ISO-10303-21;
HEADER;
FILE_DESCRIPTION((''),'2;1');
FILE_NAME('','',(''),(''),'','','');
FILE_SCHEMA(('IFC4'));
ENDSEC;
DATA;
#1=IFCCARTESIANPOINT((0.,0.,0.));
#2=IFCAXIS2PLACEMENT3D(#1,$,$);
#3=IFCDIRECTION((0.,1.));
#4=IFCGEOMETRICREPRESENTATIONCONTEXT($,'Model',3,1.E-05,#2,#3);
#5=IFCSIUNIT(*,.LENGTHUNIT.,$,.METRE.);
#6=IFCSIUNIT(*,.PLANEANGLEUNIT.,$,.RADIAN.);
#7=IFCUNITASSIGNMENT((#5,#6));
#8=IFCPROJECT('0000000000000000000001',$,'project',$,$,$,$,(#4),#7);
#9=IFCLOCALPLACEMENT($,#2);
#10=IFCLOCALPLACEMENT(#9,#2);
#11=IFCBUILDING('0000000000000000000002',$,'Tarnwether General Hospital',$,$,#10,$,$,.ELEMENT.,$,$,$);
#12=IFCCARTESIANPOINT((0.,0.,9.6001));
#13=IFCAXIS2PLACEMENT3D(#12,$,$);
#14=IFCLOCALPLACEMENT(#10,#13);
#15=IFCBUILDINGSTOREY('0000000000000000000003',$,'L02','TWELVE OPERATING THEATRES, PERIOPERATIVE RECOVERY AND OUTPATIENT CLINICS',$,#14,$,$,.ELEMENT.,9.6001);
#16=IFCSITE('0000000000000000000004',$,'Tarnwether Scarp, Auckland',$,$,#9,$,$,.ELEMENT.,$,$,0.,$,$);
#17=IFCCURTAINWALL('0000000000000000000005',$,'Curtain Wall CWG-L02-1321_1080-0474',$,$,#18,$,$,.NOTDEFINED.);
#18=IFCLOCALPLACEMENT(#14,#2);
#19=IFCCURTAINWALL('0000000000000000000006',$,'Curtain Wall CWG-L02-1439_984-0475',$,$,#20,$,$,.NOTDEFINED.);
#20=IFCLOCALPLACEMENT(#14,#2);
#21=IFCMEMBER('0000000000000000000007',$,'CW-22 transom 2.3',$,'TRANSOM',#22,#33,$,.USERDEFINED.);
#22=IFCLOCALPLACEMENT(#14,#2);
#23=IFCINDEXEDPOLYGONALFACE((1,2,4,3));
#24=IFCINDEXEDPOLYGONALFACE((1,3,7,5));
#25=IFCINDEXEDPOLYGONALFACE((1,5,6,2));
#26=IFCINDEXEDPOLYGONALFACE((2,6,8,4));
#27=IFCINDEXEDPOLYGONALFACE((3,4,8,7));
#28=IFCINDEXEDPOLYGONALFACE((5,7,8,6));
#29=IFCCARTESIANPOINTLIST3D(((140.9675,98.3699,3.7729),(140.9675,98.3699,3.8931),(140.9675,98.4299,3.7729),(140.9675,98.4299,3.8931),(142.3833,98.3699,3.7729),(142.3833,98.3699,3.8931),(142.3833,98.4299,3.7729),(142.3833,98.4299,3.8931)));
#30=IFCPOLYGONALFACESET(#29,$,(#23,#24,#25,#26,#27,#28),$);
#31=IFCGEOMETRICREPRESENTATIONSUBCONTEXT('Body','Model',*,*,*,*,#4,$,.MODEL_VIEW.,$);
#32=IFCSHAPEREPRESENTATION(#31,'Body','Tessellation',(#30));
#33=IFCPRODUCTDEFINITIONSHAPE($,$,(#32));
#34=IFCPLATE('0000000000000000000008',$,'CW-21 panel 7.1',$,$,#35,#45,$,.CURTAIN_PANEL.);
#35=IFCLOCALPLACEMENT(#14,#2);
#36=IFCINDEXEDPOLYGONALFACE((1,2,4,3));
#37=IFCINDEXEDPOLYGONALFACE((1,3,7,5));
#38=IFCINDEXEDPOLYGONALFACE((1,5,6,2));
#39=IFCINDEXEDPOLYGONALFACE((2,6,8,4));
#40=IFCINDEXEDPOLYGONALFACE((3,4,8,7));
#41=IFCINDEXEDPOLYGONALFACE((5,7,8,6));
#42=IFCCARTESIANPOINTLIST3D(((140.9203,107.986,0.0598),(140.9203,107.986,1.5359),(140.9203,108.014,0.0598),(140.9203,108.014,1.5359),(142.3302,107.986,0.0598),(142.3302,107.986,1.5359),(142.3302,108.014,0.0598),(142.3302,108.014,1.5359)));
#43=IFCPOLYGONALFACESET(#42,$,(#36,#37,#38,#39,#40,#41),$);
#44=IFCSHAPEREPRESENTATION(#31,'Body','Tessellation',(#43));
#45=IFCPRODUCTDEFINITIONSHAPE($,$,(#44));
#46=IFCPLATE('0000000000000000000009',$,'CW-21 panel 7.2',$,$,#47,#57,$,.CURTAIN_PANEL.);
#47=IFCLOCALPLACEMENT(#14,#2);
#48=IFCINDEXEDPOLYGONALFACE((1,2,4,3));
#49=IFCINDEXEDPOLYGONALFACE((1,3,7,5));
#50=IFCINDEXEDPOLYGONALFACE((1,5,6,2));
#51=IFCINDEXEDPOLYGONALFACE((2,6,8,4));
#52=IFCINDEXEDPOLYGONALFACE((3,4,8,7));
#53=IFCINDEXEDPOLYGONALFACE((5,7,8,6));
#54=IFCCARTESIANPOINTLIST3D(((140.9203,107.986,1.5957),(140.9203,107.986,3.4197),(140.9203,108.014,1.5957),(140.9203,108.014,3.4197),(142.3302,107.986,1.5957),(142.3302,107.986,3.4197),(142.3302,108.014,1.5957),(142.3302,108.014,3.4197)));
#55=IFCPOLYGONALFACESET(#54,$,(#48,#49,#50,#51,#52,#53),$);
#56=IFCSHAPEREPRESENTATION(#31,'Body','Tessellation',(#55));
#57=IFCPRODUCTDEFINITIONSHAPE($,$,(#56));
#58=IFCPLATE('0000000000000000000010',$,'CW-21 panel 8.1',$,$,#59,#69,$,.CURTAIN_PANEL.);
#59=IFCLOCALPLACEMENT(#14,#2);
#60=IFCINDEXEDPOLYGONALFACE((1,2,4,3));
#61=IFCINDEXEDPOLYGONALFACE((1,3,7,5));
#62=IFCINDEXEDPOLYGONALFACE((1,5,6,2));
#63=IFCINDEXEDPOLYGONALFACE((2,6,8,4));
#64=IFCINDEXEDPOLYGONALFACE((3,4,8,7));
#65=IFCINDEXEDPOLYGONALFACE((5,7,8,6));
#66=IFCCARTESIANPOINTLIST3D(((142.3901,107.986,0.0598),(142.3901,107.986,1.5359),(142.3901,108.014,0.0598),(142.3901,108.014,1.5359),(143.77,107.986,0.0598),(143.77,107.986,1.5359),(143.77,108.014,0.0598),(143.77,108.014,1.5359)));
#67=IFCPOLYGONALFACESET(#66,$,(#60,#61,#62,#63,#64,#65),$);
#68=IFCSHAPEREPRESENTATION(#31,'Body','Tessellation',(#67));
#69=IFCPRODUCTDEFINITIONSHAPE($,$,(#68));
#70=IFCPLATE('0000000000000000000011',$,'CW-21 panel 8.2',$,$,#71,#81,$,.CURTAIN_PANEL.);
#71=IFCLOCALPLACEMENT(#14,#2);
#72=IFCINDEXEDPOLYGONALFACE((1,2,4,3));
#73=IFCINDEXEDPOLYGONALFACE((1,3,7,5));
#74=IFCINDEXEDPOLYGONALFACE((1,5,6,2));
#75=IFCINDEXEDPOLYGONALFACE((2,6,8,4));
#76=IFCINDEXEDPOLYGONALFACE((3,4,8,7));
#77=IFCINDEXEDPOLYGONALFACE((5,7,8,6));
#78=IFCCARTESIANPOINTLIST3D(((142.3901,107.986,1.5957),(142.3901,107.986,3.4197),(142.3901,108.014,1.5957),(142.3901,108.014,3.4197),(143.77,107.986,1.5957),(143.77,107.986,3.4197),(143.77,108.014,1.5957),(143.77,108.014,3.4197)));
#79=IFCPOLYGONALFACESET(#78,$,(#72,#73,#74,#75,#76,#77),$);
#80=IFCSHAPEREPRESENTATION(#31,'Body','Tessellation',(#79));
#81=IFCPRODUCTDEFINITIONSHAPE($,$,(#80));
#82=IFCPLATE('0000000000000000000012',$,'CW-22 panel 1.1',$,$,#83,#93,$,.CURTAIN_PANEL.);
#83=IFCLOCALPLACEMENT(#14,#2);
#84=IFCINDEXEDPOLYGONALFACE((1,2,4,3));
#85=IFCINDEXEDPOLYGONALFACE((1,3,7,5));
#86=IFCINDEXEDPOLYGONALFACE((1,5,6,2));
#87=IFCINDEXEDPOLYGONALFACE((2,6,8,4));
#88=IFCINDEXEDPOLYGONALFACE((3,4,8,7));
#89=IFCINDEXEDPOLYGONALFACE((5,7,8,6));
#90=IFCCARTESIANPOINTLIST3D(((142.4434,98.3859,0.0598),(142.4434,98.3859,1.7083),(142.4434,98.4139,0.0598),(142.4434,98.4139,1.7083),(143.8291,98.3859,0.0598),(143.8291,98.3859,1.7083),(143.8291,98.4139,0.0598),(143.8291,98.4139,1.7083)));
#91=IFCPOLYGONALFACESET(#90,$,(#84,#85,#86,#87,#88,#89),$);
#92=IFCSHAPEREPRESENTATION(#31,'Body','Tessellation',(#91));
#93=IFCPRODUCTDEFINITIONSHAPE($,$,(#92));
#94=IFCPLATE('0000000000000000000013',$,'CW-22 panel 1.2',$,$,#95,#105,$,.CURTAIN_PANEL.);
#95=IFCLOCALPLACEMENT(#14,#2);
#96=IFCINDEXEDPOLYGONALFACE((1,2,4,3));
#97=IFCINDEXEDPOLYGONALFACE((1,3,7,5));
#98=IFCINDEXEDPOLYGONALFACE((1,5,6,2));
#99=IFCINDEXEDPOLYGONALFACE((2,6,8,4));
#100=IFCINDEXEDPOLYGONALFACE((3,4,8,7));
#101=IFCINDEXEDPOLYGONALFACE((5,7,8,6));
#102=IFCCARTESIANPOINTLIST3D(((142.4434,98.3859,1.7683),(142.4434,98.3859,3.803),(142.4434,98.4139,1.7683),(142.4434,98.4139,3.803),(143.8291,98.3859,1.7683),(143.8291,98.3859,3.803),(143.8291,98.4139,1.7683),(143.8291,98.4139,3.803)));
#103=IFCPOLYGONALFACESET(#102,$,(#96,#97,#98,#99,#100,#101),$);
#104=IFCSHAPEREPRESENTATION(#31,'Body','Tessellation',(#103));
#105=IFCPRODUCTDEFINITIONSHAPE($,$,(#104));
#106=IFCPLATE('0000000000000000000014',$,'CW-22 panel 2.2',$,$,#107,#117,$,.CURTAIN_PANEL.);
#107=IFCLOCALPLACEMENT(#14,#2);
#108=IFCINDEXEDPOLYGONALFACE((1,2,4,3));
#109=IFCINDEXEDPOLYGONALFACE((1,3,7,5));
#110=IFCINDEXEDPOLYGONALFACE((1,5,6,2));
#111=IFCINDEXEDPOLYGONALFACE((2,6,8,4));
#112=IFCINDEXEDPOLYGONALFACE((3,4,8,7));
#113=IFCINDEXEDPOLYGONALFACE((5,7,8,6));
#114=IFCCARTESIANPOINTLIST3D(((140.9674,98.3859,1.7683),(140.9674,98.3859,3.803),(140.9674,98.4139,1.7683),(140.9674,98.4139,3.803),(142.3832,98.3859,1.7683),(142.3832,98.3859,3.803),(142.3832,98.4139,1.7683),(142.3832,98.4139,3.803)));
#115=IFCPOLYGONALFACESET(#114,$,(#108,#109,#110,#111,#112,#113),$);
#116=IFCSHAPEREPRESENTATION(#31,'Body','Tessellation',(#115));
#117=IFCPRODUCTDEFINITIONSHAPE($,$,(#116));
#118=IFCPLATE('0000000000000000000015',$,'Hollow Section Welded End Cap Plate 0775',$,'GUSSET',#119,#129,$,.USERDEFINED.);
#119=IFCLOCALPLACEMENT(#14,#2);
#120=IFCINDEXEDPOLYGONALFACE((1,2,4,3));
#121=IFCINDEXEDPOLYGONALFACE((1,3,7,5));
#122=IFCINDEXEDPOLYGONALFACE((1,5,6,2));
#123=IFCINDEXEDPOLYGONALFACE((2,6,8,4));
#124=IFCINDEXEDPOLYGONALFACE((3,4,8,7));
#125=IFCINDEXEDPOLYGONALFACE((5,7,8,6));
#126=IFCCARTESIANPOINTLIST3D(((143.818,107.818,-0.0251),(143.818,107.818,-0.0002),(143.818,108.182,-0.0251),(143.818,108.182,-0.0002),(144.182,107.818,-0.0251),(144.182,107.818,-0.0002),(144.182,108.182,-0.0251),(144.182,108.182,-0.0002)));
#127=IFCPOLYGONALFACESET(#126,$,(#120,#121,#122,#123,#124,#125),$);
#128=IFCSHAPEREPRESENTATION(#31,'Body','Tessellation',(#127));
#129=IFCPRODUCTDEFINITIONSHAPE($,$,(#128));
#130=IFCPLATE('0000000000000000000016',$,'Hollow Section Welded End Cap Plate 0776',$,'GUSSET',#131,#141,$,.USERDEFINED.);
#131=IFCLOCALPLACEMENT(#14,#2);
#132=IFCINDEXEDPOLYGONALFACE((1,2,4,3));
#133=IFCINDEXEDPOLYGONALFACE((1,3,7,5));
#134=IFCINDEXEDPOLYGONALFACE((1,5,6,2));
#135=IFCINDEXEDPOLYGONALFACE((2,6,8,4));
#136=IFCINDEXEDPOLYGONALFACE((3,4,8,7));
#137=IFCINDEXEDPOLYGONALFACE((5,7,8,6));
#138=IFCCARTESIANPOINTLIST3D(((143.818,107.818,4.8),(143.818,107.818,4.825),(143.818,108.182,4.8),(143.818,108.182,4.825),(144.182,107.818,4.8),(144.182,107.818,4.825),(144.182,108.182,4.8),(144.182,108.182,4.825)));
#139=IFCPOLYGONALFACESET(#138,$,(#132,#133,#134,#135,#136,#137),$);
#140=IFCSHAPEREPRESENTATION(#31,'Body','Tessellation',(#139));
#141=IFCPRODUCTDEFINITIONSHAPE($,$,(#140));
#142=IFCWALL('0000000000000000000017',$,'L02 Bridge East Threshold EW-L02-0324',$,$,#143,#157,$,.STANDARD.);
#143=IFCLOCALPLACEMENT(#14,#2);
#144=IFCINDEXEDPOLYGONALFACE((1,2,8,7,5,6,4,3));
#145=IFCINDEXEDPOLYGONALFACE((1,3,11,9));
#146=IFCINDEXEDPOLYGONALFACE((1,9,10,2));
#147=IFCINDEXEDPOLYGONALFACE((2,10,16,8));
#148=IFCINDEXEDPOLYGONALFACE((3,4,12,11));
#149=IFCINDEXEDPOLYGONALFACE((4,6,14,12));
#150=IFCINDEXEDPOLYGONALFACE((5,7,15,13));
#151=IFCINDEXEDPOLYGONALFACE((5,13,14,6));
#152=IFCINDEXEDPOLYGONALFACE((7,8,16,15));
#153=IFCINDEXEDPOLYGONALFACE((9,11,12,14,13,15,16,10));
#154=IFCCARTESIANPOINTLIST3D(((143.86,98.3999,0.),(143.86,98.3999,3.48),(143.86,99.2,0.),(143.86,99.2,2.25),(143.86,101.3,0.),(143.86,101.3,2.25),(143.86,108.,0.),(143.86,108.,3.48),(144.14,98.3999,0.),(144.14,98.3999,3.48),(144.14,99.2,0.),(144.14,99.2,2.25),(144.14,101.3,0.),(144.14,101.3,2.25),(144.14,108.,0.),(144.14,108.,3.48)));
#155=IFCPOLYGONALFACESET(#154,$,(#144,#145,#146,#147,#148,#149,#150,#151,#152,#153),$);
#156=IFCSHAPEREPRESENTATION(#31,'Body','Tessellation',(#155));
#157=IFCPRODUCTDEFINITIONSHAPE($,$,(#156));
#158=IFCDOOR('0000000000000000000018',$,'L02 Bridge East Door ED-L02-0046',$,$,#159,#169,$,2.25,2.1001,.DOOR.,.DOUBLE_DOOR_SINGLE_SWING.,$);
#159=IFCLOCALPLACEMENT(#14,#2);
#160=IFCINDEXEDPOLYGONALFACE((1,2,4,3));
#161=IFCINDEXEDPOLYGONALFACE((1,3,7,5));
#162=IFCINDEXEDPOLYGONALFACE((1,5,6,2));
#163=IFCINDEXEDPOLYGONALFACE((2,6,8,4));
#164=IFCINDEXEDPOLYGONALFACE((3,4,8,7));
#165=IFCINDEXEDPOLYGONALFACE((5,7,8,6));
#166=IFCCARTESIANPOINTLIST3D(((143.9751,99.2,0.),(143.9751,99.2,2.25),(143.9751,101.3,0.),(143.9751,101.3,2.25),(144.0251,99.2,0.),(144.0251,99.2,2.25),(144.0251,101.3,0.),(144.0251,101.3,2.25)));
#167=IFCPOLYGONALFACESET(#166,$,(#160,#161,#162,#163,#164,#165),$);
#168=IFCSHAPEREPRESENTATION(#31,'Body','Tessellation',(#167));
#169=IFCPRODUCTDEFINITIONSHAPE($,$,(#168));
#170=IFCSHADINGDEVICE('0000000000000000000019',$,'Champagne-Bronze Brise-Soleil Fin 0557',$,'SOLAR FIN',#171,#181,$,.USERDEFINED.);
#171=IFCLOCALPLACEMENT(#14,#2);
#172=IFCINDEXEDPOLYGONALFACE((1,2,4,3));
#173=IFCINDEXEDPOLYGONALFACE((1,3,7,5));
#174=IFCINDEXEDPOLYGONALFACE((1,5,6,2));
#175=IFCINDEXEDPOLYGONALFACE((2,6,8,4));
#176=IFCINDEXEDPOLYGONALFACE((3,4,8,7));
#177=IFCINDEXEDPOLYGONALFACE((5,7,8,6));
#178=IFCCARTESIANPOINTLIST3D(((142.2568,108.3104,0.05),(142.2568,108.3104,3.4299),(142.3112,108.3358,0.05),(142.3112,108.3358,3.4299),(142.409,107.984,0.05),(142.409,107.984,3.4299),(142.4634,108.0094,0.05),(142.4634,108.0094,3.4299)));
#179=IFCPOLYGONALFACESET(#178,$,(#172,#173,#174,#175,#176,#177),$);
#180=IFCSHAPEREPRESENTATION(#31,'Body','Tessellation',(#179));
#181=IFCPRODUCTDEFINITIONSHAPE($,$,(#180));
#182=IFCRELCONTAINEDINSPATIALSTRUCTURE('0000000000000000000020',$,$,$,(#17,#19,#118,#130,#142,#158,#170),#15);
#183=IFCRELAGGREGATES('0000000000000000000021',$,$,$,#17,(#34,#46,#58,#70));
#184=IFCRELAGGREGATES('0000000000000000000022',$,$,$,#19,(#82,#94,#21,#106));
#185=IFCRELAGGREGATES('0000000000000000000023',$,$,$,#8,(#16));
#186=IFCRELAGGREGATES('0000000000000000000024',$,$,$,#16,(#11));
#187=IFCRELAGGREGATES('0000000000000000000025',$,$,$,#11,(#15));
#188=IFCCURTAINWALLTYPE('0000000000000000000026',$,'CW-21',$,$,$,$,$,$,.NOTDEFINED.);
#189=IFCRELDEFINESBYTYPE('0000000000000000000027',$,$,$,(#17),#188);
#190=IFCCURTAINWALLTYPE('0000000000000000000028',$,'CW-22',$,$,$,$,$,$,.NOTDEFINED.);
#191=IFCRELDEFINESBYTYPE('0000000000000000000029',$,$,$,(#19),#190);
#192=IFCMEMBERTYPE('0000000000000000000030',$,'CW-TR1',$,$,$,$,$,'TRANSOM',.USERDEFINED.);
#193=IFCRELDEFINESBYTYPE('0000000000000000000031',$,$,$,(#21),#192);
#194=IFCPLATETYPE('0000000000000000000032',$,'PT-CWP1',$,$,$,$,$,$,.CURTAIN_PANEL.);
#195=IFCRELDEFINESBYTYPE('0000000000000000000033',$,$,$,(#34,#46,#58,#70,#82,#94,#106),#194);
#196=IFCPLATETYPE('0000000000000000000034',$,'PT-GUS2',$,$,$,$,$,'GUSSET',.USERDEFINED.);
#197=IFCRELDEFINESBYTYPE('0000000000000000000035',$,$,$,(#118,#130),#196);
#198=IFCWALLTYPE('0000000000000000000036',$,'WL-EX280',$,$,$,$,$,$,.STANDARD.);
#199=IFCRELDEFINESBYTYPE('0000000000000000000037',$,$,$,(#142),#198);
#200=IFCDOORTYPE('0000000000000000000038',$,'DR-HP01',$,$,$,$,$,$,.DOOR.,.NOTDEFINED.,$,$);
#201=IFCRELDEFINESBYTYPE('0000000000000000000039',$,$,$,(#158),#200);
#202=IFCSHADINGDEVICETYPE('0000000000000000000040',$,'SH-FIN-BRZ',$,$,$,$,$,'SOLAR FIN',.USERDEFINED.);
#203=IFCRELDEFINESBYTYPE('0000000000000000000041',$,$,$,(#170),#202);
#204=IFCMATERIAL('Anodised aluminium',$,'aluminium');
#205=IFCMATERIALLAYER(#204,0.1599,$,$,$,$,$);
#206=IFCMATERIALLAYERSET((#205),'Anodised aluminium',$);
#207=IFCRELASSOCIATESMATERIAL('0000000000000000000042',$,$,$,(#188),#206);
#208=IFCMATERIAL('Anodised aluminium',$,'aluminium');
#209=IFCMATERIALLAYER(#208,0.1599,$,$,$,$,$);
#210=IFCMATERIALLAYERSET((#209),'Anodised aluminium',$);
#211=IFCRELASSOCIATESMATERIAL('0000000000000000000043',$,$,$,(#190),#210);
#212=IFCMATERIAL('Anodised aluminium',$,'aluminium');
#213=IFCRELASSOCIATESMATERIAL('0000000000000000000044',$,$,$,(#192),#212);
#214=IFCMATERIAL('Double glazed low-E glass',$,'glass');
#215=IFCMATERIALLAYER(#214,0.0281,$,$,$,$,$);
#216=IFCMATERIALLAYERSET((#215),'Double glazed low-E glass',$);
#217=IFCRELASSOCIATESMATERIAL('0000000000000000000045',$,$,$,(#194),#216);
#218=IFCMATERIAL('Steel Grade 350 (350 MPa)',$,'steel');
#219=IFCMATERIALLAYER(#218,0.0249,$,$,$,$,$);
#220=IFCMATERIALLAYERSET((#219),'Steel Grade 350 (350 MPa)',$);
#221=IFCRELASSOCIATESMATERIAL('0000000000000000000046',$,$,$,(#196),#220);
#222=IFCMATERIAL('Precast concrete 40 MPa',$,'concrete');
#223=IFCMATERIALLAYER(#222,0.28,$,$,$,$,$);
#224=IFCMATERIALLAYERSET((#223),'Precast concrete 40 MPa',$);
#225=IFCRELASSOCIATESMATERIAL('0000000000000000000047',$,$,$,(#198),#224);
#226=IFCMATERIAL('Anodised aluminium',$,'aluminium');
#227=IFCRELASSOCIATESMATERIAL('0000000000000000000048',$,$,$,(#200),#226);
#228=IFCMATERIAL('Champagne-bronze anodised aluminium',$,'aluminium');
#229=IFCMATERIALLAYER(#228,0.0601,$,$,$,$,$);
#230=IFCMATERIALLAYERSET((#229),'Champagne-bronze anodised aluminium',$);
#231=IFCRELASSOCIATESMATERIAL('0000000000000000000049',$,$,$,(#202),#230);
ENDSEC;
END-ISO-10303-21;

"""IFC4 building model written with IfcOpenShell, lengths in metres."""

from ifc_helpers import new_model, si_unit, direction, frame, frame_2d, origin, origin_2d, place, context, subcontext, project, spatial, rectangle, extrude, material, layer, layer_set, material_profile, profile_set, type_object, element, fill, aggregate, save


model = new_model("IFC4")

# Units and contexts
model_context = context("Model", 3, precision=1e-05, world=origin(), true_north=direction((0.0, 1.0)))
body_context = subcontext(model_context, "Body", "Model", "MODEL_VIEW")
ifc_project = project(units=[si_unit("LENGTHUNIT", "METRE"), si_unit("PLANEANGLEUNIT", "RADIAN")], contexts=[model_context])

# Site, building, storey
site_placement = place(None, origin())
site = spatial("IfcSite", under=ifc_project, at=site_placement, Name="Tarnwether Scarp, Auckland", CompositionType="ELEMENT", RefElevation=0.0)
building_placement = place(site_placement, origin())
building = spatial("IfcBuilding", under=site, at=building_placement, Name="Tarnwether General Hospital", CompositionType="ELEMENT")
storey_placement = place(building_placement, frame((0.0, 0.0, 9.6001)))
storey = spatial("IfcBuildingStorey", under=building, at=storey_placement, Name="L02", Description="TWELVE OPERATING THEATRES, PERIOPERATIVE RECOVERY AND OUTPATIENT CLINICS", CompositionType="ELEMENT", Elevation=9.6001)

# Curtain walls
ifc_material_1 = material(Name="Anodised aluminium", Category="aluminium")
ifc_layer_1 = layer(ifc_material_1, 0.1599)
ifc_layer_set_1 = layer_set([ifc_layer_1], Name="Anodised aluminium")
curtain_wall_type_1 = type_object("IfcCurtainWallType", Name="CW-21", PredefinedType="NOTDEFINED", material=ifc_layer_set_1)
curtain_wall_1_placement = place(storey_placement, origin())
curtain_wall_1 = element("IfcCurtainWall", 1, at=curtain_wall_1_placement, inside=storey, type_object=curtain_wall_type_1, Name="Curtain Wall CWG-L02-1321_1080-0474", PredefinedType="NOTDEFINED")
ifc_material_2 = material(Name="Anodised aluminium", Category="aluminium")
ifc_layer_2 = layer(ifc_material_2, 0.1599)
ifc_layer_set_2 = layer_set([ifc_layer_2], Name="Anodised aluminium")
curtain_wall_type_2 = type_object("IfcCurtainWallType", Name="CW-22", PredefinedType="NOTDEFINED", material=ifc_layer_set_2)
curtain_wall_2_placement = place(storey_placement, origin())
curtain_wall_2 = element("IfcCurtainWall", 2, at=curtain_wall_2_placement, inside=storey, type_object=curtain_wall_type_2, Name="Curtain Wall CWG-L02-1439_984-0475", PredefinedType="NOTDEFINED")

# Member
ifc_material_3 = material(Name="Anodised aluminium", Category="aluminium")
ifc_material_profile_1 = material_profile(ifc_material_3, rectangle(XDim=0.0601, YDim=0.1201, at=origin_2d()), Name="ALU-TRN-60x120")
ifc_profile_set_1 = profile_set([ifc_material_profile_1], Name="Anodised aluminium")
member_type_1 = type_object("IfcMemberType", Name="CW-TR1", ElementType="TRANSOM", PredefinedType="USERDEFINED", material=ifc_profile_set_1)
member_1_placement = place(storey_placement, frame((142.3833, 98.3999, 3.833), z_axis=(-1.0, 0.0, 0.0), x_axis=(0.0, -1.0, 0.0)))
member_1 = element("IfcMember", 3, at=member_1_placement, type_object=member_type_1, Name="CW-22 transom 2.3", ObjectType="TRANSOM", PredefinedType="USERDEFINED", context=body_context, shape_type="SweptSolid", body=[
    extrude(rectangle(XDim=0.0601, YDim=0.1201, at=origin_2d()), origin(), (0.0, 0.0, 1.0), 1.4158),
])

# Plates
ifc_material_4 = material(Name="Double glazed low-E glass", Category="glass")
ifc_layer_3 = layer(ifc_material_4, 0.0281)
ifc_layer_set_3 = layer_set([ifc_layer_3], Name="Double glazed low-E glass")
plate_type_1 = type_object("IfcPlateType", Name="PT-CWP1", PredefinedType="CURTAIN_PANEL", material=ifc_layer_set_3)
plate_1_placement = place(storey_placement, frame((141.6252, 108.0, 0.0598), z_axis=(0.0, 0.0, 1.0), x_axis=(1.0, 0.0, 0.0)))
plate_1 = element("IfcPlate", 4, at=plate_1_placement, type_object=plate_type_1, Name="CW-21 panel 7.1", PredefinedType="CURTAIN_PANEL", context=body_context, shape_type="SweptSolid", body=[
    extrude(rectangle(XDim=1.4099, YDim=0.0281, at=origin_2d()), origin(), (0.0, 0.0, 1.0), 1.4761),
])
plate_2_placement = place(storey_placement, frame((141.6252, 108.0, 1.5957), z_axis=(0.0, 0.0, 1.0), x_axis=(1.0, 0.0, 0.0)))
plate_2 = element("IfcPlate", 5, at=plate_2_placement, type_object=plate_type_1, Name="CW-21 panel 7.2", PredefinedType="CURTAIN_PANEL", context=body_context, shape_type="SweptSolid", body=[
    extrude(rectangle(XDim=1.4099, YDim=0.0281, at=origin_2d()), origin(), (0.0, 0.0, 1.0), 1.824),
])
plate_3_placement = place(storey_placement, frame((143.0801, 108.0, 0.0598), z_axis=(0.0, 0.0, 1.0), x_axis=(1.0, 0.0, 0.0)))
plate_3 = element("IfcPlate", 6, at=plate_3_placement, type_object=plate_type_1, Name="CW-21 panel 8.1", PredefinedType="CURTAIN_PANEL", context=body_context, shape_type="SweptSolid", body=[
    extrude(rectangle(XDim=1.3799, YDim=0.0281, at=origin_2d()), origin(), (0.0, 0.0, 1.0), 1.4761),
])
plate_4_placement = place(storey_placement, frame((143.0801, 108.0, 1.5957), z_axis=(0.0, 0.0, 1.0), x_axis=(1.0, 0.0, 0.0)))
plate_4 = element("IfcPlate", 7, at=plate_4_placement, type_object=plate_type_1, Name="CW-21 panel 8.2", PredefinedType="CURTAIN_PANEL", context=body_context, shape_type="SweptSolid", body=[
    extrude(rectangle(XDim=1.3799, YDim=0.0281, at=origin_2d()), origin(), (0.0, 0.0, 1.0), 1.824),
])
aggregate(curtain_wall_1, [plate_1, plate_2, plate_3, plate_4])
plate_5_placement = place(storey_placement, frame((143.1362, 98.3999, 0.0598), z_axis=(0.0, 0.0, 1.0), x_axis=(-1.0, 0.0, 0.0)))
plate_5 = element("IfcPlate", 8, at=plate_5_placement, type_object=plate_type_1, Name="CW-22 panel 1.1", PredefinedType="CURTAIN_PANEL", context=body_context, shape_type="SweptSolid", body=[
    extrude(rectangle(XDim=1.3857, YDim=0.0281, at=origin_2d()), origin(), (0.0, 0.0, 1.0), 1.6484),
])
plate_6_placement = place(storey_placement, frame((143.1362, 98.3999, 1.7683), z_axis=(0.0, 0.0, 1.0), x_axis=(-1.0, 0.0, 0.0)))
plate_6 = element("IfcPlate", 9, at=plate_6_placement, type_object=plate_type_1, Name="CW-22 panel 1.2", PredefinedType="CURTAIN_PANEL", context=body_context, shape_type="SweptSolid", body=[
    extrude(rectangle(XDim=1.3857, YDim=0.0281, at=origin_2d()), origin(), (0.0, 0.0, 1.0), 2.0347),
])
plate_7_placement = place(storey_placement, frame((141.6753, 98.3999, 1.7683), z_axis=(0.0, 0.0, 1.0), x_axis=(-1.0, 0.0, 0.0)))
plate_7 = element("IfcPlate", 10, at=plate_7_placement, type_object=plate_type_1, Name="CW-22 panel 2.2", PredefinedType="CURTAIN_PANEL", context=body_context, shape_type="SweptSolid", body=[
    extrude(rectangle(XDim=1.4158, YDim=0.0281, at=origin_2d()), origin(), (0.0, 0.0, 1.0), 2.0347),
])
aggregate(curtain_wall_2, [plate_5, plate_6, member_1, plate_7])

# Plates
ifc_material_5 = material(Name="Steel Grade 350 (350 MPa)", Category="steel")
ifc_layer_4 = layer(ifc_material_5, 0.0249)
ifc_layer_set_4 = layer_set([ifc_layer_4], Name="Steel Grade 350 (350 MPa)")
plate_type_2 = type_object("IfcPlateType", Name="PT-GUS2", ElementType="GUSSET", PredefinedType="USERDEFINED", material=ifc_layer_set_4)
for number, where, z_axis, x_axis, name in (
    (11, (144.0, 108.0, -0.0251), (0.0, 0.0, 1.0), (1.0, 0.0, 0.0), "Hollow Section Welded End Cap Plate 0775"),
    (12, (144.0, 108.0, 4.8), (0.0, 0.0, 1.0), (1.0, 0.0, 0.0), "Hollow Section Welded End Cap Plate 0776"),
):
    element("IfcPlate", number, at=place(storey_placement, frame(where, z_axis=z_axis, x_axis=x_axis)), inside=storey, type_object=plate_type_2, Name=name, ObjectType="GUSSET", PredefinedType="USERDEFINED", context=body_context, shape_type="SweptSolid", body=[
        extrude(rectangle(XDim=0.364, YDim=0.364, at=origin_2d()), origin(), (0.0, 0.0, 1.0), 0.0249),
    ])

# Wall, opening, door
ifc_material_6 = material(Name="Precast concrete 40 MPa", Category="concrete")
ifc_layer_5 = layer(ifc_material_6, 0.28)
ifc_layer_set_5 = layer_set([ifc_layer_5], Name="Precast concrete 40 MPa")
wall_type = type_object("IfcWallType", Name="WL-EX280", PredefinedType="STANDARD", material=ifc_layer_set_5)
wall_placement = place(storey_placement, frame((144.0, 98.3999, 0.0), z_axis=(0.0, 0.0, 1.0), x_axis=(0.0, 1.0, 0.0)))
wall = element("IfcWall", 13, at=wall_placement, inside=storey, type_object=wall_type, Name="L02 Bridge East Threshold EW-L02-0324", PredefinedType="STANDARD", context=body_context, shape_type="SweptSolid", body=[
    extrude(rectangle(XDim=9.6001, YDim=0.28, at=frame_2d((4.8, 0.0))), origin(), (0.0, 0.0, 1.0), 3.48),
])
opening_placement = place(wall_placement, frame((0.8, 0.0, 0.0)))
opening = element("IfcOpeningElement", 14, at=opening_placement, cuts=wall, PredefinedType="OPENING", context=body_context, shape_type="SweptSolid", body=[
    extrude(rectangle(XDim=2.1001, YDim=2.25, at=frame_2d((1.05, 1.125))), frame((0.0, 0.1499, 0.0), z_axis=(0.0, -1.0, 0.0), x_axis=(1.0, 0.0, 0.0)), (0.0, 0.0, 1.0), 0.3),
])
ifc_material_7 = material(Name="Anodised aluminium", Category="aluminium")
door_type = type_object("IfcDoorType", Name="DR-HP01", OperationType="NOTDEFINED", PredefinedType="DOOR", material=ifc_material_7)
door_placement = place(opening_placement, origin())
door = element("IfcDoor", 15, at=door_placement, inside=storey, type_object=door_type, Name="L02 Bridge East Door ED-L02-0046", OperationType="DOUBLE_DOOR_SINGLE_SWING", OverallHeight=2.25, OverallWidth=2.1001, PredefinedType="DOOR", context=body_context, shape_type="SweptSolid", body=[
    extrude(rectangle(XDim=2.1001, YDim=2.25, at=frame_2d((1.05, 1.125))), frame((0.0, 0.0249, 0.0), z_axis=(0.0, -1.0, 0.0), x_axis=(1.0, 0.0, 0.0)), (0.0, 0.0, 1.0), 0.05),
])
fill(opening, door)

# Shading device
ifc_material_8 = material(Name="Champagne-bronze anodised aluminium", Category="aluminium")
ifc_layer_6 = layer(ifc_material_8, 0.0601)
ifc_layer_set_6 = layer_set([ifc_layer_6], Name="Champagne-bronze anodised aluminium")
shading_device_type = type_object("IfcShadingDeviceType", Name="SH-FIN-BRZ", ElementType="SOLAR FIN", PredefinedType="USERDEFINED", material=ifc_layer_set_6)
shading_device_placement = place(storey_placement, frame((142.3601, 108.1599, 0.05), z_axis=(0.0, 0.0, 1.0), x_axis=(0.906308, 0.422618, 0.0)))
element("IfcShadingDevice", 16, at=shading_device_placement, inside=storey, type_object=shading_device_type, Name="Champagne-Bronze Brise-Soleil Fin 0557", ObjectType="SOLAR FIN", PredefinedType="USERDEFINED", context=body_context, shape_type="SweptSolid", body=[
    extrude(rectangle(XDim=0.0601, YDim=0.3601, at=origin_2d()), origin(), (0.0, 0.0, 1.0), 3.3799),
])

save(model, "model.ifc")
